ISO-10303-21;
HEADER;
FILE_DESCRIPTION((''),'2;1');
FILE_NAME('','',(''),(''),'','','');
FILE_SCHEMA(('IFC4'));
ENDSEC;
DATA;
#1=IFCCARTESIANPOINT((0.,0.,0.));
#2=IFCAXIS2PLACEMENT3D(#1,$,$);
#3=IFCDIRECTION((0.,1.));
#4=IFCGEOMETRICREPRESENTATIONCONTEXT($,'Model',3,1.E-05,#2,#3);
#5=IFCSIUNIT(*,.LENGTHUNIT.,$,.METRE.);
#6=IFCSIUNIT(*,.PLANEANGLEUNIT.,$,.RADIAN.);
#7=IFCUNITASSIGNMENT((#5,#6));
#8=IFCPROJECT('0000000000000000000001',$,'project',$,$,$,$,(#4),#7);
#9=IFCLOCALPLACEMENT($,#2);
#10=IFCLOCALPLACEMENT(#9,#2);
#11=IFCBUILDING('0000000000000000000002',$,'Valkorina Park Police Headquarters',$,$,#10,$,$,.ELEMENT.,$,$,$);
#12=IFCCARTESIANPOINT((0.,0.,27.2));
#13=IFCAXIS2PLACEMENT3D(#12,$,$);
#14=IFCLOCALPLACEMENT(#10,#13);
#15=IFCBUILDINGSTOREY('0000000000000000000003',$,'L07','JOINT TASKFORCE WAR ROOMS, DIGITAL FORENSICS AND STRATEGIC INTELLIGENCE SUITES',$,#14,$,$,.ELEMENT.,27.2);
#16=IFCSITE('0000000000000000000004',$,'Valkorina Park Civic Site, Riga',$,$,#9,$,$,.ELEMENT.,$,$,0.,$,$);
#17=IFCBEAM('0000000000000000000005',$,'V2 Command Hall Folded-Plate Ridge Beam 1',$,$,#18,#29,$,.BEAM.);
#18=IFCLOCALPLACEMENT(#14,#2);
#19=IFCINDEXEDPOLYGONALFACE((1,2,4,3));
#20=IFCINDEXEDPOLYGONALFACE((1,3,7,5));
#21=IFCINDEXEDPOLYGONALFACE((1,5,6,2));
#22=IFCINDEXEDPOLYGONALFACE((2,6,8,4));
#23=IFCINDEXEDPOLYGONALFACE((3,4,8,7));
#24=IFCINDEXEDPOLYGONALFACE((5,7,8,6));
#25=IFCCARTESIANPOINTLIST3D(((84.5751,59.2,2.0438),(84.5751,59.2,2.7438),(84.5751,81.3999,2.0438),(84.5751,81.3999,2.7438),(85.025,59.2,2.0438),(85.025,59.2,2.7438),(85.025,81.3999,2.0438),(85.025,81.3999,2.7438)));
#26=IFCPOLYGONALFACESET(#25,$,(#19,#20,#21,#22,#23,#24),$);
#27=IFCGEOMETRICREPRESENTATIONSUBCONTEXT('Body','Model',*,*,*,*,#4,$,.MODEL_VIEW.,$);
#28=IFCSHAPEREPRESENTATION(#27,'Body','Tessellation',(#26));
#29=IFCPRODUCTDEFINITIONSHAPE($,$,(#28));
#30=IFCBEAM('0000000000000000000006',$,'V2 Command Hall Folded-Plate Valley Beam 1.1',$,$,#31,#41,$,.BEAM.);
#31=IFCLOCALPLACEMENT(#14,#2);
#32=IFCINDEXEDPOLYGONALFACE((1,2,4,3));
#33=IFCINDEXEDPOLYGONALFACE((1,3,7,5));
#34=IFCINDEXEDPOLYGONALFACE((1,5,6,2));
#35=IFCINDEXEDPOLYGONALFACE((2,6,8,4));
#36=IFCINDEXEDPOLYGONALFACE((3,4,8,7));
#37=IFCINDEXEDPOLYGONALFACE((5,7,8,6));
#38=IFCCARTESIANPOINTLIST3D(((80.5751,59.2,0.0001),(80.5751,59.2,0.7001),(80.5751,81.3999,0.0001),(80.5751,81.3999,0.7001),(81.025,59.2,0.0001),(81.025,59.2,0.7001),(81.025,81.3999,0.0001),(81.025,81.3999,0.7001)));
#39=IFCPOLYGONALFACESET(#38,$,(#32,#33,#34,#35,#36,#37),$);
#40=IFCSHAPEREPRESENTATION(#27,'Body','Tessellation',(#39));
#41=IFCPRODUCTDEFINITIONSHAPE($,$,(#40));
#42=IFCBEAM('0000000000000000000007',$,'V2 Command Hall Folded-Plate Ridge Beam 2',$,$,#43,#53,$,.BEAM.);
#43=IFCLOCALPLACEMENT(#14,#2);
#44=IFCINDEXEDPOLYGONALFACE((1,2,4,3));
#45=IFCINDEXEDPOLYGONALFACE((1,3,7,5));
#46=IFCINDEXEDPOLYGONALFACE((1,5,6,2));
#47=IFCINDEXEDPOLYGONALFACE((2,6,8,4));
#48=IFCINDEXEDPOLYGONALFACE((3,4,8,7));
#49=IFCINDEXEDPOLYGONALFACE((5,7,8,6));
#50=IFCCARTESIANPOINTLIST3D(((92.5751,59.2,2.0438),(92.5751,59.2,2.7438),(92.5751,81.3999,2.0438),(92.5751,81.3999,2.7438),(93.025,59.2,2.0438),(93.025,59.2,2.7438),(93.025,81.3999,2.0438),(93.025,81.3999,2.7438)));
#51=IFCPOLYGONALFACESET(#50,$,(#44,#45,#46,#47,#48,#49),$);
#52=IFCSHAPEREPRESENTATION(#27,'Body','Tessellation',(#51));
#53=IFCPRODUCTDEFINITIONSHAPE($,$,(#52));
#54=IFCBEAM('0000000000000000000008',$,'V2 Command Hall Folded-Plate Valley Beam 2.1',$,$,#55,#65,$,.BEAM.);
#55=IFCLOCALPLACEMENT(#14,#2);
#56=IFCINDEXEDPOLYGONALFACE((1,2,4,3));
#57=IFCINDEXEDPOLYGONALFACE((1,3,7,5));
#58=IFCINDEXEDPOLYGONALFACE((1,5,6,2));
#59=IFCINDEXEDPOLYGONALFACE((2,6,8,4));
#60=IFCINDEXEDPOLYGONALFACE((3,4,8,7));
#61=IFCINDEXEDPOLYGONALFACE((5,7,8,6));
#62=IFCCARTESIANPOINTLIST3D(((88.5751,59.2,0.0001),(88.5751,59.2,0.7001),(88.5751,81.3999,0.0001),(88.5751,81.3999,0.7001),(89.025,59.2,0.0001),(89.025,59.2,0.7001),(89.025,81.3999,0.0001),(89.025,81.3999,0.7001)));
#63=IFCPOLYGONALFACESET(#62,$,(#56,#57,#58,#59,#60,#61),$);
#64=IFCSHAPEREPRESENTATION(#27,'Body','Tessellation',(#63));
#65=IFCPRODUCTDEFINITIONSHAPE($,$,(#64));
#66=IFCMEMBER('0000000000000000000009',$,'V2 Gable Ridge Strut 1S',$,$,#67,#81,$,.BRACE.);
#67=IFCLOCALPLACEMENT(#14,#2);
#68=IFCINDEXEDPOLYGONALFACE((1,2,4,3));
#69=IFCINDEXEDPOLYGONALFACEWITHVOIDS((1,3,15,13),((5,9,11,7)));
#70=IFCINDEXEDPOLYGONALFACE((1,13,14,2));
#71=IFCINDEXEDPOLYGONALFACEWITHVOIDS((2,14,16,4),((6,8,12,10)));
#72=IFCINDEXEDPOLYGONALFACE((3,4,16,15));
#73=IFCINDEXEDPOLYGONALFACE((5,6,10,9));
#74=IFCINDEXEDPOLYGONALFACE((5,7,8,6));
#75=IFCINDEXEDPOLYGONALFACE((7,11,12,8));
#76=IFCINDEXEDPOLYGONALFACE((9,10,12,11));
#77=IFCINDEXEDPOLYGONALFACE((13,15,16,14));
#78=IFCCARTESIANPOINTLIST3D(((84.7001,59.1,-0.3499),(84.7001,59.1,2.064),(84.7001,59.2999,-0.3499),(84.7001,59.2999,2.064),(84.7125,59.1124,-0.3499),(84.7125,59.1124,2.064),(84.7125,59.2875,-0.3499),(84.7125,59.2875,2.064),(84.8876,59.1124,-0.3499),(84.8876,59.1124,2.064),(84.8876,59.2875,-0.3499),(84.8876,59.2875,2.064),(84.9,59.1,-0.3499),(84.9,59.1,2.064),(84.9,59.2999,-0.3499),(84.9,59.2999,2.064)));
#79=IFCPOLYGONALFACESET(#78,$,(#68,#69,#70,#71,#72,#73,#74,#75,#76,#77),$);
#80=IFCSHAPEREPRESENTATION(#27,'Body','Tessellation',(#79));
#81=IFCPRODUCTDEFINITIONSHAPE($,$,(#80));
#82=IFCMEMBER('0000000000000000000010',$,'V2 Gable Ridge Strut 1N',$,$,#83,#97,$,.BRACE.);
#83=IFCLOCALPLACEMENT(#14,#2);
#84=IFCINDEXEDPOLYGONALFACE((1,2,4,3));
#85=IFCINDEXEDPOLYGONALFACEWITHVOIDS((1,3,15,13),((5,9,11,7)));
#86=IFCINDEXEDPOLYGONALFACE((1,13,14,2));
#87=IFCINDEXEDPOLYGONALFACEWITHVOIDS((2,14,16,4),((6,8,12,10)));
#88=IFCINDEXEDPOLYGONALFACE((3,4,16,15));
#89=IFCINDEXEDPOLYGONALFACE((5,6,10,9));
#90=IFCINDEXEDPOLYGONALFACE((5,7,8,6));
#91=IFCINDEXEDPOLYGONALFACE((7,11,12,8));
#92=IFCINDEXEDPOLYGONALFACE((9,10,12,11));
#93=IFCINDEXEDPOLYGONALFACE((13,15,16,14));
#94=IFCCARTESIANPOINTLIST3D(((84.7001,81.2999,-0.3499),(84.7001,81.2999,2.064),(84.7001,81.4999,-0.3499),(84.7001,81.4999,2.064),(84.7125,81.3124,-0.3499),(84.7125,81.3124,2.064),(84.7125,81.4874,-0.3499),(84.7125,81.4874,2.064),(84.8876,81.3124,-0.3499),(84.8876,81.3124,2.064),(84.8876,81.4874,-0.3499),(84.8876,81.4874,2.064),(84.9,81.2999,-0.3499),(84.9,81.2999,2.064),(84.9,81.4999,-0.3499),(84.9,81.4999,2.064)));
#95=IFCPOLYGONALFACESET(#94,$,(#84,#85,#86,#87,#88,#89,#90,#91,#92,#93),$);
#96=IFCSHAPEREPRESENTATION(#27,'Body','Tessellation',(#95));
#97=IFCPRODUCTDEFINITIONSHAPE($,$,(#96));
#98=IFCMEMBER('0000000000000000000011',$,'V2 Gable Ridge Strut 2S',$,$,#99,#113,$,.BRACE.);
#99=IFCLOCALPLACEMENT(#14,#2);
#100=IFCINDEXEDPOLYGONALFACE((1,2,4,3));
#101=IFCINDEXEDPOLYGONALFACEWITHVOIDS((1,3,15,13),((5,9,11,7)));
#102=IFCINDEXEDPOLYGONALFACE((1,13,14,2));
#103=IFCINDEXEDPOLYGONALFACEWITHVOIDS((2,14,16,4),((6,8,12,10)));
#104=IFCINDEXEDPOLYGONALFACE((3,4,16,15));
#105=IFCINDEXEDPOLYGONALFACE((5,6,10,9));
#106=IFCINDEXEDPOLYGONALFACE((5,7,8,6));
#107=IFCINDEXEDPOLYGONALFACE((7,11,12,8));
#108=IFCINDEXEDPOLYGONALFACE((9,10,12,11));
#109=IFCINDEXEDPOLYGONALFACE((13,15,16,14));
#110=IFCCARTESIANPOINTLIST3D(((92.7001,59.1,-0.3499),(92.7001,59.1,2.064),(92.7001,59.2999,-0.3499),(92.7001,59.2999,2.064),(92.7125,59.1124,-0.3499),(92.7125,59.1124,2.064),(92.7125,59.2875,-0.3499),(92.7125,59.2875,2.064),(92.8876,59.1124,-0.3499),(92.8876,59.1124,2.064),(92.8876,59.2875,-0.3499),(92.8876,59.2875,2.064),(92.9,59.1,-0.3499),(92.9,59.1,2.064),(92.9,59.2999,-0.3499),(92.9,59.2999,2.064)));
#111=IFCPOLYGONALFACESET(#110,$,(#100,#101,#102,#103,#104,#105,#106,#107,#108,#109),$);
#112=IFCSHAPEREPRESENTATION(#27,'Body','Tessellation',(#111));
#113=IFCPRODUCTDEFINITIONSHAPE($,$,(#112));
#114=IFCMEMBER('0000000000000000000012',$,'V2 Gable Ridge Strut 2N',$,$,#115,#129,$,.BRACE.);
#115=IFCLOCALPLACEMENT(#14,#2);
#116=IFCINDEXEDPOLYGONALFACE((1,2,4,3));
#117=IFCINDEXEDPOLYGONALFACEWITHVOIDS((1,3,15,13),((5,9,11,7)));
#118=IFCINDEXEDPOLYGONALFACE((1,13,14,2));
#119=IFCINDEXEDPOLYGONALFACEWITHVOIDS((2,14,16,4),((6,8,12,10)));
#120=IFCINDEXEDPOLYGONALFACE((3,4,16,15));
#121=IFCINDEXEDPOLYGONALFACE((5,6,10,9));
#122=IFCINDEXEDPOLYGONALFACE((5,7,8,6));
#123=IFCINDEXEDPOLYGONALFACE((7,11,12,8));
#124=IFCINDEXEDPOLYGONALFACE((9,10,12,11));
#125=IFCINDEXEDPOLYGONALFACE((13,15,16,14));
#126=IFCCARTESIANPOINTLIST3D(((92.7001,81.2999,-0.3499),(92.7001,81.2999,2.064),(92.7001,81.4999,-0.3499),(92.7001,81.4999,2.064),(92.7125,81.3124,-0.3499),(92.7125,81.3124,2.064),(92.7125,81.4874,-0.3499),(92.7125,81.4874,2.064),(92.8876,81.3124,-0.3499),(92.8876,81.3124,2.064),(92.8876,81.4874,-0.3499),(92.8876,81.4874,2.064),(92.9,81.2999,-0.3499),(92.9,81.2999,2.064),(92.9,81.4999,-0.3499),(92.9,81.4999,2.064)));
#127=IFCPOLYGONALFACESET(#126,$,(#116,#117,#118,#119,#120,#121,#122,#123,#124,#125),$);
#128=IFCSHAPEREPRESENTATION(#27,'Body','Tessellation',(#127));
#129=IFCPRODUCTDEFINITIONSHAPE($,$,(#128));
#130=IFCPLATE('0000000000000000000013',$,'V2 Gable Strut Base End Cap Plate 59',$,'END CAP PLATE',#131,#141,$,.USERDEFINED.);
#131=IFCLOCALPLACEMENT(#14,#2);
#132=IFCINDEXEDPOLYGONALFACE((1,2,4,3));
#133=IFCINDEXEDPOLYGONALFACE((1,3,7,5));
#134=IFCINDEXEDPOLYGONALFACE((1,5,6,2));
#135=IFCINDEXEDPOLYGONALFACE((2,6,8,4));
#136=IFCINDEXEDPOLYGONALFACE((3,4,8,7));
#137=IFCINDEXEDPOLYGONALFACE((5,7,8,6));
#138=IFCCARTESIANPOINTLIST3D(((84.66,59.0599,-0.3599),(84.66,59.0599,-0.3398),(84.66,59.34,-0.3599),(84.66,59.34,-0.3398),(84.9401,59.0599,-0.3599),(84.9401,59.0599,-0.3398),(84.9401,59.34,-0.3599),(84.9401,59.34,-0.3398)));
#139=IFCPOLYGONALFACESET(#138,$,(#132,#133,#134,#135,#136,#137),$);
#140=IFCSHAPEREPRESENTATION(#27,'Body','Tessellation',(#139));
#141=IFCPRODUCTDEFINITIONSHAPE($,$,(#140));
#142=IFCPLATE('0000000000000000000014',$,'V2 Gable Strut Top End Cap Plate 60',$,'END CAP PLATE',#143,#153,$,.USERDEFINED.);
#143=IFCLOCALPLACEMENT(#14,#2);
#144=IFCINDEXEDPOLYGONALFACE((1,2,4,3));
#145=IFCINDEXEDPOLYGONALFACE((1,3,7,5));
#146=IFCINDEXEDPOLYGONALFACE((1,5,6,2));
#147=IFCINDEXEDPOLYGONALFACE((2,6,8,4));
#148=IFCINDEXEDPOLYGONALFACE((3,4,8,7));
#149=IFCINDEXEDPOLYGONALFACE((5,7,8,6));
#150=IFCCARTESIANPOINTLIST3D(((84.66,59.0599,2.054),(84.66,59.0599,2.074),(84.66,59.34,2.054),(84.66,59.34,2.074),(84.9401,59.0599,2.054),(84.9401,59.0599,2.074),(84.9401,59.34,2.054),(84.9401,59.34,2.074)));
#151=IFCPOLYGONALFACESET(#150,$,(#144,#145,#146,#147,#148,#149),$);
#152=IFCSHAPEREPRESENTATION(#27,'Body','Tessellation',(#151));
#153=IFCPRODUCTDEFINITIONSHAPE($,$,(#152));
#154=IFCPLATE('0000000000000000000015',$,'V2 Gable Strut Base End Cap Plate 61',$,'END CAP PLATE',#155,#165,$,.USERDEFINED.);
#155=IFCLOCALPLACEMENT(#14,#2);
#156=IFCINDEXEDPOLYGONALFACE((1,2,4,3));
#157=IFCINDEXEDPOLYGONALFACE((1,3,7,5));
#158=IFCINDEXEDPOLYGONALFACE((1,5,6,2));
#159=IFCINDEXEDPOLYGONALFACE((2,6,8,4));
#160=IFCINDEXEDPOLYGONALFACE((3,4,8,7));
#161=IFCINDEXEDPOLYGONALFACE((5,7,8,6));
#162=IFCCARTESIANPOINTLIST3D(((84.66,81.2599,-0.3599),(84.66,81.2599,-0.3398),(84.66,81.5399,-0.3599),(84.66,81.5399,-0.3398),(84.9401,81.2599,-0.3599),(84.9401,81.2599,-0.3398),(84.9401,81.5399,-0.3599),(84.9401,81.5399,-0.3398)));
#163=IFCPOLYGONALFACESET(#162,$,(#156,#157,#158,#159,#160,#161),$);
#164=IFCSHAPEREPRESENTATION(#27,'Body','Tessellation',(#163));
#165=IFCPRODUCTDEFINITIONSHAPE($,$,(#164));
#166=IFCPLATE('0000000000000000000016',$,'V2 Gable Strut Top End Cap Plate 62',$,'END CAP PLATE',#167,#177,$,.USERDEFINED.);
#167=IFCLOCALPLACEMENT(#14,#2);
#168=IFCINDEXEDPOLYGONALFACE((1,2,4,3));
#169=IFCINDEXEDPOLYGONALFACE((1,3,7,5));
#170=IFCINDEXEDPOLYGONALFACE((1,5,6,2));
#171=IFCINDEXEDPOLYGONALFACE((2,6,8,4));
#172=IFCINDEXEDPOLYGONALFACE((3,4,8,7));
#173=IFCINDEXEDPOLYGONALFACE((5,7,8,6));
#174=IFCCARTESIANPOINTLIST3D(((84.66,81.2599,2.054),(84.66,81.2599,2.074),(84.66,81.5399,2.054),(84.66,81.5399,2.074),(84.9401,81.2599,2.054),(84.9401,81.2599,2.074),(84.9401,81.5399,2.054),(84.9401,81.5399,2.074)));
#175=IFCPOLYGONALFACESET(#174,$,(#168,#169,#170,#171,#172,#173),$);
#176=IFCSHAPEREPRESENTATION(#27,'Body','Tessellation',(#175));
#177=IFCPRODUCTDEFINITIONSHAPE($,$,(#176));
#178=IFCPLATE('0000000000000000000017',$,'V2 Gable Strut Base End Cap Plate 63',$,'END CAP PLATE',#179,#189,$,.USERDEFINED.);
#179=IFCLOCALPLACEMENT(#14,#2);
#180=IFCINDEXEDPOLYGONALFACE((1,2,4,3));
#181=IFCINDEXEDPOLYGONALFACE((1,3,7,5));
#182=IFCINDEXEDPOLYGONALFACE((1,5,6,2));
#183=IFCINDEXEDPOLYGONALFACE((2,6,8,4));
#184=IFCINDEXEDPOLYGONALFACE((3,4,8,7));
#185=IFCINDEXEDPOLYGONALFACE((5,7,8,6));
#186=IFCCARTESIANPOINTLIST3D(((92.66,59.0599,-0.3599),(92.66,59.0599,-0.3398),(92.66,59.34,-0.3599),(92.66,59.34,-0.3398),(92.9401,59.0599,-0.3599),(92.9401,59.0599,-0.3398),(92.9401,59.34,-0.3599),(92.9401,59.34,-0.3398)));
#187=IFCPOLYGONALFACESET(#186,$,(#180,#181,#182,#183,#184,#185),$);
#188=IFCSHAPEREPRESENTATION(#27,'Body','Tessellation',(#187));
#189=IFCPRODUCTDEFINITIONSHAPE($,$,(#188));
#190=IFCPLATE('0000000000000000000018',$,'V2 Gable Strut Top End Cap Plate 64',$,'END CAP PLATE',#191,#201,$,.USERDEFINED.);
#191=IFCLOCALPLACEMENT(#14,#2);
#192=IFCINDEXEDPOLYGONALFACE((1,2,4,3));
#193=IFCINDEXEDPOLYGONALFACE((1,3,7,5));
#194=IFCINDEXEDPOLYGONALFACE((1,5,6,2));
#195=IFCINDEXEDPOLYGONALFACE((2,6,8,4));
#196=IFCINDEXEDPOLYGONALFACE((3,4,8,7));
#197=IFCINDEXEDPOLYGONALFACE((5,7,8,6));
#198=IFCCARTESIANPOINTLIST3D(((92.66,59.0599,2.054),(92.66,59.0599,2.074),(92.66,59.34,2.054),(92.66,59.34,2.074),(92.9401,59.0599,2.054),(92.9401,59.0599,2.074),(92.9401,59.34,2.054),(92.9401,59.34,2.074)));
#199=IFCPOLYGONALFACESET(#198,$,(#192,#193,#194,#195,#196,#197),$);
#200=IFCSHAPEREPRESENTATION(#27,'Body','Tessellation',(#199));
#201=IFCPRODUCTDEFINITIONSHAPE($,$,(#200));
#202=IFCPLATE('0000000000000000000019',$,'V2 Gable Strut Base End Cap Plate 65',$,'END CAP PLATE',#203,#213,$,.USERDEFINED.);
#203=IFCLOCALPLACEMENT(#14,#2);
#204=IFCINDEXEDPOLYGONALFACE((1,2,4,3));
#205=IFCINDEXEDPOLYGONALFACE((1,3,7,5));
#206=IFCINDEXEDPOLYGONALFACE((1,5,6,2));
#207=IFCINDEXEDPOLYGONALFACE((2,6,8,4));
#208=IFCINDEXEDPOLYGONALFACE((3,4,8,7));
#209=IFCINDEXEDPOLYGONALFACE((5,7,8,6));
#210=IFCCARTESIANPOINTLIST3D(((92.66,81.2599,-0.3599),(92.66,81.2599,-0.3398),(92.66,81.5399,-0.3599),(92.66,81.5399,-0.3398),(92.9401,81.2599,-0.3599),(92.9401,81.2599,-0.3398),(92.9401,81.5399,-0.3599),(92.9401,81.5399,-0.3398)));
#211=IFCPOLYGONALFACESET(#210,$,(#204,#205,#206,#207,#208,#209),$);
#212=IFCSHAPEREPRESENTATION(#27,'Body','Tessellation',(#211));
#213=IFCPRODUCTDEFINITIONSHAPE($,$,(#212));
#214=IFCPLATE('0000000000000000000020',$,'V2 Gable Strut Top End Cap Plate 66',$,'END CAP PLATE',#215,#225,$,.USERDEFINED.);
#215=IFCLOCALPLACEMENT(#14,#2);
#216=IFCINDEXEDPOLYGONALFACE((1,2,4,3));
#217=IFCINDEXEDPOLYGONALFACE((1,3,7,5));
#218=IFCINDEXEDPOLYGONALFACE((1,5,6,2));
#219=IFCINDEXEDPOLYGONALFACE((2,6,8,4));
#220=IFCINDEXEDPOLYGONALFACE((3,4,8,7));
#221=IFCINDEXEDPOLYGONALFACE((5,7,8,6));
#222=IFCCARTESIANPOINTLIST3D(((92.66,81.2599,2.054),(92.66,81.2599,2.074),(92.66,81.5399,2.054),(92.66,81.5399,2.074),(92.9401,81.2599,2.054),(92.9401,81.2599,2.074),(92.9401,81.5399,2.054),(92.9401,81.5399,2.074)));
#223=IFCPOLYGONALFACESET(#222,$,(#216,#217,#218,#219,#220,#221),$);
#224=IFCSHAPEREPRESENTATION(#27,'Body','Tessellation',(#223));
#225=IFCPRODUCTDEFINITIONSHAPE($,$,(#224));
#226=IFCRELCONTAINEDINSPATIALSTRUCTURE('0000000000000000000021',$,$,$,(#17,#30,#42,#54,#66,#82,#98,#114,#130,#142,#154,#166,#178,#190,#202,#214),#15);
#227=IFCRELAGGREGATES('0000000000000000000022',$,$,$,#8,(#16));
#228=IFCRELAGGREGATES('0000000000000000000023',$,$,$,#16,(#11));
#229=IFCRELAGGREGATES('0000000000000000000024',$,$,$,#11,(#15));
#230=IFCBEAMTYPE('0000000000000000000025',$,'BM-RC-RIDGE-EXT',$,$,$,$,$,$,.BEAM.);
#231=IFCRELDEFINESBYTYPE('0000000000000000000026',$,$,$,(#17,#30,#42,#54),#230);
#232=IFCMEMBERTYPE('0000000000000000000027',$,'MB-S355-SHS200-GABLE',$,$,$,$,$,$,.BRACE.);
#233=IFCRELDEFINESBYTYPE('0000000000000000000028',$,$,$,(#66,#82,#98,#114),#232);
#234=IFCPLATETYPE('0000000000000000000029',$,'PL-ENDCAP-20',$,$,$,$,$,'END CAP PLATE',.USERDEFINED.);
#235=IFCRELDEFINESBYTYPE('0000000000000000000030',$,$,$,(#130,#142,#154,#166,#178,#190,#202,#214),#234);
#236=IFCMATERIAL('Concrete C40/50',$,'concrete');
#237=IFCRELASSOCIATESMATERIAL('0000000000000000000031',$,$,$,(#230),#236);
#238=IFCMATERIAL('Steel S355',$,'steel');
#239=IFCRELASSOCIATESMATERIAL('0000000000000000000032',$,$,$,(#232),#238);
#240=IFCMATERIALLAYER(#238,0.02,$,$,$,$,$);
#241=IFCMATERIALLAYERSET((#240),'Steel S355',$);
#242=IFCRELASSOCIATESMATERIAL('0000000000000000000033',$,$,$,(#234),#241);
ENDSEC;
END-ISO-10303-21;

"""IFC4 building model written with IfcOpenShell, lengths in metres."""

from ifc_helpers import new_model, si_unit, direction, frame, origin, origin_2d, place, context, subcontext, project, spatial, rectangle, hollow_rectangle, extrude, material, layer, layer_set, material_profile, profile_set, type_object, element, save


model = new_model("IFC4")

# Units and contexts
model_context = context("Model", 3, precision=1e-05, world=origin(), true_north=direction((0.0, 1.0)))
body_context = subcontext(model_context, "Body", "Model", "MODEL_VIEW")
ifc_project = project(units=[si_unit("LENGTHUNIT", "METRE"), si_unit("PLANEANGLEUNIT", "RADIAN")], contexts=[model_context])

# Site, building, storey
site_placement = place(None, origin())
site = spatial("IfcSite", under=ifc_project, at=site_placement, Name="Valkorina Park Civic Site, Riga", CompositionType="ELEMENT", RefElevation=0.0)
building_placement = place(site_placement, origin())
building = spatial("IfcBuilding", under=site, at=building_placement, Name="Valkorina Park Police Headquarters", CompositionType="ELEMENT")
storey_placement = place(building_placement, frame((0.0, 0.0, 27.2)))
storey = spatial("IfcBuildingStorey", under=building, at=storey_placement, Name="L07", Description="JOINT TASKFORCE WAR ROOMS, DIGITAL FORENSICS AND STRATEGIC INTELLIGENCE SUITES", CompositionType="ELEMENT", Elevation=27.2)

# Beams
ifc_material_1 = material(Name="Concrete C40/50", Category="concrete")
ifc_material_profile_1 = material_profile(ifc_material_1, rectangle(XDim=0.45, YDim=0.7, at=origin_2d()), Name="RC RIDGE 450x700")
ifc_profile_set_1 = profile_set([ifc_material_profile_1], Name="Concrete C40/50")
beam_type = type_object("IfcBeamType", Name="BM-RC-RIDGE-EXT", PredefinedType="BEAM", material=ifc_profile_set_1)
for number, where, z_axis, x_axis, name in (
    (1, (84.8, 59.2, 2.3938), (0.0, 1.0, 0.0), (-1.0, 0.0, 0.0), "V2 Command Hall Folded-Plate Ridge Beam 1"),
    (2, (80.8, 59.2, 0.3501), (0.0, 1.0, 0.0), (-1.0, 0.0, 0.0), "V2 Command Hall Folded-Plate Valley Beam 1.1"),
    (3, (92.8, 59.2, 2.3938), (0.0, 1.0, 0.0), (-1.0, 0.0, 0.0), "V2 Command Hall Folded-Plate Ridge Beam 2"),
    (4, (88.8, 59.2, 0.3501), (0.0, 1.0, 0.0), (-1.0, 0.0, 0.0), "V2 Command Hall Folded-Plate Valley Beam 2.1"),
):
    element("IfcBeam", number, at=place(storey_placement, frame(where, z_axis=z_axis, x_axis=x_axis)), inside=storey, type_object=beam_type, Name=name, PredefinedType="BEAM", context=body_context, shape_type="SweptSolid", body=[
        extrude(rectangle(XDim=0.45, YDim=0.7, at=origin_2d()), origin(), (0.0, 0.0, 1.0), 22.2),
    ])

# Members
ifc_material_2 = material(Name="Steel S355", Category="steel")
ifc_material_profile_2 = material_profile(ifc_material_2, hollow_rectangle(XDim=0.2, YDim=0.2, WallThickness=0.0125, at=origin_2d()), Name="SHS 200x200x12.5")
ifc_profile_set_2 = profile_set([ifc_material_profile_2], Name="Steel S355")
member_type = type_object("IfcMemberType", Name="MB-S355-SHS200-GABLE", PredefinedType="BRACE", material=ifc_profile_set_2)
for number, where, z_axis, x_axis, name in (
    (5, (84.8, 59.2, -0.3499), (0.0, 0.0, 1.0), (1.0, 0.0, 0.0), "V2 Gable Ridge Strut 1S"),
    (6, (84.8, 81.3999, -0.3499), (0.0, 0.0, 1.0), (1.0, 0.0, 0.0), "V2 Gable Ridge Strut 1N"),
    (7, (92.8, 59.2, -0.3499), (0.0, 0.0, 1.0), (1.0, 0.0, 0.0), "V2 Gable Ridge Strut 2S"),
    (8, (92.8, 81.3999, -0.3499), (0.0, 0.0, 1.0), (1.0, 0.0, 0.0), "V2 Gable Ridge Strut 2N"),
):
    element("IfcMember", number, at=place(storey_placement, frame(where, z_axis=z_axis, x_axis=x_axis)), inside=storey, type_object=member_type, Name=name, PredefinedType="BRACE", context=body_context, shape_type="SweptSolid", body=[
        extrude(hollow_rectangle(XDim=0.2, YDim=0.2, WallThickness=0.0125, at=origin_2d()), origin(), (0.0, 0.0, 1.0), 2.4138),
    ])

# Plates
ifc_layer_1 = layer(ifc_material_2, 0.02)
ifc_layer_set_1 = layer_set([ifc_layer_1], Name="Steel S355")
plate_type = type_object("IfcPlateType", Name="PL-ENDCAP-20", ElementType="END CAP PLATE", PredefinedType="USERDEFINED", material=ifc_layer_set_1)
for number, where, z_axis, x_axis, name in (
    (9, (84.8, 59.2, -0.3599), (0.0, 0.0, 1.0), (1.0, 0.0, 0.0), "V2 Gable Strut Base End Cap Plate 59"),
    (10, (84.8, 59.2, 2.054), (0.0, 0.0, 1.0), (1.0, 0.0, 0.0), "V2 Gable Strut Top End Cap Plate 60"),
    (11, (84.8, 81.3999, -0.3599), (0.0, 0.0, 1.0), (1.0, 0.0, 0.0), "V2 Gable Strut Base End Cap Plate 61"),
    (12, (84.8, 81.3999, 2.054), (0.0, 0.0, 1.0), (1.0, 0.0, 0.0), "V2 Gable Strut Top End Cap Plate 62"),
    (13, (92.8, 59.2, -0.3599), (0.0, 0.0, 1.0), (1.0, 0.0, 0.0), "V2 Gable Strut Base End Cap Plate 63"),
    (14, (92.8, 59.2, 2.054), (0.0, 0.0, 1.0), (1.0, 0.0, 0.0), "V2 Gable Strut Top End Cap Plate 64"),
    (15, (92.8, 81.3999, -0.3599), (0.0, 0.0, 1.0), (1.0, 0.0, 0.0), "V2 Gable Strut Base End Cap Plate 65"),
    (16, (92.8, 81.3999, 2.054), (0.0, 0.0, 1.0), (1.0, 0.0, 0.0), "V2 Gable Strut Top End Cap Plate 66"),
):
    element("IfcPlate", number, at=place(storey_placement, frame(where, z_axis=z_axis, x_axis=x_axis)), inside=storey, type_object=plate_type, Name=name, ObjectType="END CAP PLATE", PredefinedType="USERDEFINED", context=body_context, shape_type="SweptSolid", body=[
        extrude(rectangle(XDim=0.28, YDim=0.28, at=origin_2d()), origin(), (0.0, 0.0, 1.0), 0.02),
    ])

save(model, "model.ifc")
